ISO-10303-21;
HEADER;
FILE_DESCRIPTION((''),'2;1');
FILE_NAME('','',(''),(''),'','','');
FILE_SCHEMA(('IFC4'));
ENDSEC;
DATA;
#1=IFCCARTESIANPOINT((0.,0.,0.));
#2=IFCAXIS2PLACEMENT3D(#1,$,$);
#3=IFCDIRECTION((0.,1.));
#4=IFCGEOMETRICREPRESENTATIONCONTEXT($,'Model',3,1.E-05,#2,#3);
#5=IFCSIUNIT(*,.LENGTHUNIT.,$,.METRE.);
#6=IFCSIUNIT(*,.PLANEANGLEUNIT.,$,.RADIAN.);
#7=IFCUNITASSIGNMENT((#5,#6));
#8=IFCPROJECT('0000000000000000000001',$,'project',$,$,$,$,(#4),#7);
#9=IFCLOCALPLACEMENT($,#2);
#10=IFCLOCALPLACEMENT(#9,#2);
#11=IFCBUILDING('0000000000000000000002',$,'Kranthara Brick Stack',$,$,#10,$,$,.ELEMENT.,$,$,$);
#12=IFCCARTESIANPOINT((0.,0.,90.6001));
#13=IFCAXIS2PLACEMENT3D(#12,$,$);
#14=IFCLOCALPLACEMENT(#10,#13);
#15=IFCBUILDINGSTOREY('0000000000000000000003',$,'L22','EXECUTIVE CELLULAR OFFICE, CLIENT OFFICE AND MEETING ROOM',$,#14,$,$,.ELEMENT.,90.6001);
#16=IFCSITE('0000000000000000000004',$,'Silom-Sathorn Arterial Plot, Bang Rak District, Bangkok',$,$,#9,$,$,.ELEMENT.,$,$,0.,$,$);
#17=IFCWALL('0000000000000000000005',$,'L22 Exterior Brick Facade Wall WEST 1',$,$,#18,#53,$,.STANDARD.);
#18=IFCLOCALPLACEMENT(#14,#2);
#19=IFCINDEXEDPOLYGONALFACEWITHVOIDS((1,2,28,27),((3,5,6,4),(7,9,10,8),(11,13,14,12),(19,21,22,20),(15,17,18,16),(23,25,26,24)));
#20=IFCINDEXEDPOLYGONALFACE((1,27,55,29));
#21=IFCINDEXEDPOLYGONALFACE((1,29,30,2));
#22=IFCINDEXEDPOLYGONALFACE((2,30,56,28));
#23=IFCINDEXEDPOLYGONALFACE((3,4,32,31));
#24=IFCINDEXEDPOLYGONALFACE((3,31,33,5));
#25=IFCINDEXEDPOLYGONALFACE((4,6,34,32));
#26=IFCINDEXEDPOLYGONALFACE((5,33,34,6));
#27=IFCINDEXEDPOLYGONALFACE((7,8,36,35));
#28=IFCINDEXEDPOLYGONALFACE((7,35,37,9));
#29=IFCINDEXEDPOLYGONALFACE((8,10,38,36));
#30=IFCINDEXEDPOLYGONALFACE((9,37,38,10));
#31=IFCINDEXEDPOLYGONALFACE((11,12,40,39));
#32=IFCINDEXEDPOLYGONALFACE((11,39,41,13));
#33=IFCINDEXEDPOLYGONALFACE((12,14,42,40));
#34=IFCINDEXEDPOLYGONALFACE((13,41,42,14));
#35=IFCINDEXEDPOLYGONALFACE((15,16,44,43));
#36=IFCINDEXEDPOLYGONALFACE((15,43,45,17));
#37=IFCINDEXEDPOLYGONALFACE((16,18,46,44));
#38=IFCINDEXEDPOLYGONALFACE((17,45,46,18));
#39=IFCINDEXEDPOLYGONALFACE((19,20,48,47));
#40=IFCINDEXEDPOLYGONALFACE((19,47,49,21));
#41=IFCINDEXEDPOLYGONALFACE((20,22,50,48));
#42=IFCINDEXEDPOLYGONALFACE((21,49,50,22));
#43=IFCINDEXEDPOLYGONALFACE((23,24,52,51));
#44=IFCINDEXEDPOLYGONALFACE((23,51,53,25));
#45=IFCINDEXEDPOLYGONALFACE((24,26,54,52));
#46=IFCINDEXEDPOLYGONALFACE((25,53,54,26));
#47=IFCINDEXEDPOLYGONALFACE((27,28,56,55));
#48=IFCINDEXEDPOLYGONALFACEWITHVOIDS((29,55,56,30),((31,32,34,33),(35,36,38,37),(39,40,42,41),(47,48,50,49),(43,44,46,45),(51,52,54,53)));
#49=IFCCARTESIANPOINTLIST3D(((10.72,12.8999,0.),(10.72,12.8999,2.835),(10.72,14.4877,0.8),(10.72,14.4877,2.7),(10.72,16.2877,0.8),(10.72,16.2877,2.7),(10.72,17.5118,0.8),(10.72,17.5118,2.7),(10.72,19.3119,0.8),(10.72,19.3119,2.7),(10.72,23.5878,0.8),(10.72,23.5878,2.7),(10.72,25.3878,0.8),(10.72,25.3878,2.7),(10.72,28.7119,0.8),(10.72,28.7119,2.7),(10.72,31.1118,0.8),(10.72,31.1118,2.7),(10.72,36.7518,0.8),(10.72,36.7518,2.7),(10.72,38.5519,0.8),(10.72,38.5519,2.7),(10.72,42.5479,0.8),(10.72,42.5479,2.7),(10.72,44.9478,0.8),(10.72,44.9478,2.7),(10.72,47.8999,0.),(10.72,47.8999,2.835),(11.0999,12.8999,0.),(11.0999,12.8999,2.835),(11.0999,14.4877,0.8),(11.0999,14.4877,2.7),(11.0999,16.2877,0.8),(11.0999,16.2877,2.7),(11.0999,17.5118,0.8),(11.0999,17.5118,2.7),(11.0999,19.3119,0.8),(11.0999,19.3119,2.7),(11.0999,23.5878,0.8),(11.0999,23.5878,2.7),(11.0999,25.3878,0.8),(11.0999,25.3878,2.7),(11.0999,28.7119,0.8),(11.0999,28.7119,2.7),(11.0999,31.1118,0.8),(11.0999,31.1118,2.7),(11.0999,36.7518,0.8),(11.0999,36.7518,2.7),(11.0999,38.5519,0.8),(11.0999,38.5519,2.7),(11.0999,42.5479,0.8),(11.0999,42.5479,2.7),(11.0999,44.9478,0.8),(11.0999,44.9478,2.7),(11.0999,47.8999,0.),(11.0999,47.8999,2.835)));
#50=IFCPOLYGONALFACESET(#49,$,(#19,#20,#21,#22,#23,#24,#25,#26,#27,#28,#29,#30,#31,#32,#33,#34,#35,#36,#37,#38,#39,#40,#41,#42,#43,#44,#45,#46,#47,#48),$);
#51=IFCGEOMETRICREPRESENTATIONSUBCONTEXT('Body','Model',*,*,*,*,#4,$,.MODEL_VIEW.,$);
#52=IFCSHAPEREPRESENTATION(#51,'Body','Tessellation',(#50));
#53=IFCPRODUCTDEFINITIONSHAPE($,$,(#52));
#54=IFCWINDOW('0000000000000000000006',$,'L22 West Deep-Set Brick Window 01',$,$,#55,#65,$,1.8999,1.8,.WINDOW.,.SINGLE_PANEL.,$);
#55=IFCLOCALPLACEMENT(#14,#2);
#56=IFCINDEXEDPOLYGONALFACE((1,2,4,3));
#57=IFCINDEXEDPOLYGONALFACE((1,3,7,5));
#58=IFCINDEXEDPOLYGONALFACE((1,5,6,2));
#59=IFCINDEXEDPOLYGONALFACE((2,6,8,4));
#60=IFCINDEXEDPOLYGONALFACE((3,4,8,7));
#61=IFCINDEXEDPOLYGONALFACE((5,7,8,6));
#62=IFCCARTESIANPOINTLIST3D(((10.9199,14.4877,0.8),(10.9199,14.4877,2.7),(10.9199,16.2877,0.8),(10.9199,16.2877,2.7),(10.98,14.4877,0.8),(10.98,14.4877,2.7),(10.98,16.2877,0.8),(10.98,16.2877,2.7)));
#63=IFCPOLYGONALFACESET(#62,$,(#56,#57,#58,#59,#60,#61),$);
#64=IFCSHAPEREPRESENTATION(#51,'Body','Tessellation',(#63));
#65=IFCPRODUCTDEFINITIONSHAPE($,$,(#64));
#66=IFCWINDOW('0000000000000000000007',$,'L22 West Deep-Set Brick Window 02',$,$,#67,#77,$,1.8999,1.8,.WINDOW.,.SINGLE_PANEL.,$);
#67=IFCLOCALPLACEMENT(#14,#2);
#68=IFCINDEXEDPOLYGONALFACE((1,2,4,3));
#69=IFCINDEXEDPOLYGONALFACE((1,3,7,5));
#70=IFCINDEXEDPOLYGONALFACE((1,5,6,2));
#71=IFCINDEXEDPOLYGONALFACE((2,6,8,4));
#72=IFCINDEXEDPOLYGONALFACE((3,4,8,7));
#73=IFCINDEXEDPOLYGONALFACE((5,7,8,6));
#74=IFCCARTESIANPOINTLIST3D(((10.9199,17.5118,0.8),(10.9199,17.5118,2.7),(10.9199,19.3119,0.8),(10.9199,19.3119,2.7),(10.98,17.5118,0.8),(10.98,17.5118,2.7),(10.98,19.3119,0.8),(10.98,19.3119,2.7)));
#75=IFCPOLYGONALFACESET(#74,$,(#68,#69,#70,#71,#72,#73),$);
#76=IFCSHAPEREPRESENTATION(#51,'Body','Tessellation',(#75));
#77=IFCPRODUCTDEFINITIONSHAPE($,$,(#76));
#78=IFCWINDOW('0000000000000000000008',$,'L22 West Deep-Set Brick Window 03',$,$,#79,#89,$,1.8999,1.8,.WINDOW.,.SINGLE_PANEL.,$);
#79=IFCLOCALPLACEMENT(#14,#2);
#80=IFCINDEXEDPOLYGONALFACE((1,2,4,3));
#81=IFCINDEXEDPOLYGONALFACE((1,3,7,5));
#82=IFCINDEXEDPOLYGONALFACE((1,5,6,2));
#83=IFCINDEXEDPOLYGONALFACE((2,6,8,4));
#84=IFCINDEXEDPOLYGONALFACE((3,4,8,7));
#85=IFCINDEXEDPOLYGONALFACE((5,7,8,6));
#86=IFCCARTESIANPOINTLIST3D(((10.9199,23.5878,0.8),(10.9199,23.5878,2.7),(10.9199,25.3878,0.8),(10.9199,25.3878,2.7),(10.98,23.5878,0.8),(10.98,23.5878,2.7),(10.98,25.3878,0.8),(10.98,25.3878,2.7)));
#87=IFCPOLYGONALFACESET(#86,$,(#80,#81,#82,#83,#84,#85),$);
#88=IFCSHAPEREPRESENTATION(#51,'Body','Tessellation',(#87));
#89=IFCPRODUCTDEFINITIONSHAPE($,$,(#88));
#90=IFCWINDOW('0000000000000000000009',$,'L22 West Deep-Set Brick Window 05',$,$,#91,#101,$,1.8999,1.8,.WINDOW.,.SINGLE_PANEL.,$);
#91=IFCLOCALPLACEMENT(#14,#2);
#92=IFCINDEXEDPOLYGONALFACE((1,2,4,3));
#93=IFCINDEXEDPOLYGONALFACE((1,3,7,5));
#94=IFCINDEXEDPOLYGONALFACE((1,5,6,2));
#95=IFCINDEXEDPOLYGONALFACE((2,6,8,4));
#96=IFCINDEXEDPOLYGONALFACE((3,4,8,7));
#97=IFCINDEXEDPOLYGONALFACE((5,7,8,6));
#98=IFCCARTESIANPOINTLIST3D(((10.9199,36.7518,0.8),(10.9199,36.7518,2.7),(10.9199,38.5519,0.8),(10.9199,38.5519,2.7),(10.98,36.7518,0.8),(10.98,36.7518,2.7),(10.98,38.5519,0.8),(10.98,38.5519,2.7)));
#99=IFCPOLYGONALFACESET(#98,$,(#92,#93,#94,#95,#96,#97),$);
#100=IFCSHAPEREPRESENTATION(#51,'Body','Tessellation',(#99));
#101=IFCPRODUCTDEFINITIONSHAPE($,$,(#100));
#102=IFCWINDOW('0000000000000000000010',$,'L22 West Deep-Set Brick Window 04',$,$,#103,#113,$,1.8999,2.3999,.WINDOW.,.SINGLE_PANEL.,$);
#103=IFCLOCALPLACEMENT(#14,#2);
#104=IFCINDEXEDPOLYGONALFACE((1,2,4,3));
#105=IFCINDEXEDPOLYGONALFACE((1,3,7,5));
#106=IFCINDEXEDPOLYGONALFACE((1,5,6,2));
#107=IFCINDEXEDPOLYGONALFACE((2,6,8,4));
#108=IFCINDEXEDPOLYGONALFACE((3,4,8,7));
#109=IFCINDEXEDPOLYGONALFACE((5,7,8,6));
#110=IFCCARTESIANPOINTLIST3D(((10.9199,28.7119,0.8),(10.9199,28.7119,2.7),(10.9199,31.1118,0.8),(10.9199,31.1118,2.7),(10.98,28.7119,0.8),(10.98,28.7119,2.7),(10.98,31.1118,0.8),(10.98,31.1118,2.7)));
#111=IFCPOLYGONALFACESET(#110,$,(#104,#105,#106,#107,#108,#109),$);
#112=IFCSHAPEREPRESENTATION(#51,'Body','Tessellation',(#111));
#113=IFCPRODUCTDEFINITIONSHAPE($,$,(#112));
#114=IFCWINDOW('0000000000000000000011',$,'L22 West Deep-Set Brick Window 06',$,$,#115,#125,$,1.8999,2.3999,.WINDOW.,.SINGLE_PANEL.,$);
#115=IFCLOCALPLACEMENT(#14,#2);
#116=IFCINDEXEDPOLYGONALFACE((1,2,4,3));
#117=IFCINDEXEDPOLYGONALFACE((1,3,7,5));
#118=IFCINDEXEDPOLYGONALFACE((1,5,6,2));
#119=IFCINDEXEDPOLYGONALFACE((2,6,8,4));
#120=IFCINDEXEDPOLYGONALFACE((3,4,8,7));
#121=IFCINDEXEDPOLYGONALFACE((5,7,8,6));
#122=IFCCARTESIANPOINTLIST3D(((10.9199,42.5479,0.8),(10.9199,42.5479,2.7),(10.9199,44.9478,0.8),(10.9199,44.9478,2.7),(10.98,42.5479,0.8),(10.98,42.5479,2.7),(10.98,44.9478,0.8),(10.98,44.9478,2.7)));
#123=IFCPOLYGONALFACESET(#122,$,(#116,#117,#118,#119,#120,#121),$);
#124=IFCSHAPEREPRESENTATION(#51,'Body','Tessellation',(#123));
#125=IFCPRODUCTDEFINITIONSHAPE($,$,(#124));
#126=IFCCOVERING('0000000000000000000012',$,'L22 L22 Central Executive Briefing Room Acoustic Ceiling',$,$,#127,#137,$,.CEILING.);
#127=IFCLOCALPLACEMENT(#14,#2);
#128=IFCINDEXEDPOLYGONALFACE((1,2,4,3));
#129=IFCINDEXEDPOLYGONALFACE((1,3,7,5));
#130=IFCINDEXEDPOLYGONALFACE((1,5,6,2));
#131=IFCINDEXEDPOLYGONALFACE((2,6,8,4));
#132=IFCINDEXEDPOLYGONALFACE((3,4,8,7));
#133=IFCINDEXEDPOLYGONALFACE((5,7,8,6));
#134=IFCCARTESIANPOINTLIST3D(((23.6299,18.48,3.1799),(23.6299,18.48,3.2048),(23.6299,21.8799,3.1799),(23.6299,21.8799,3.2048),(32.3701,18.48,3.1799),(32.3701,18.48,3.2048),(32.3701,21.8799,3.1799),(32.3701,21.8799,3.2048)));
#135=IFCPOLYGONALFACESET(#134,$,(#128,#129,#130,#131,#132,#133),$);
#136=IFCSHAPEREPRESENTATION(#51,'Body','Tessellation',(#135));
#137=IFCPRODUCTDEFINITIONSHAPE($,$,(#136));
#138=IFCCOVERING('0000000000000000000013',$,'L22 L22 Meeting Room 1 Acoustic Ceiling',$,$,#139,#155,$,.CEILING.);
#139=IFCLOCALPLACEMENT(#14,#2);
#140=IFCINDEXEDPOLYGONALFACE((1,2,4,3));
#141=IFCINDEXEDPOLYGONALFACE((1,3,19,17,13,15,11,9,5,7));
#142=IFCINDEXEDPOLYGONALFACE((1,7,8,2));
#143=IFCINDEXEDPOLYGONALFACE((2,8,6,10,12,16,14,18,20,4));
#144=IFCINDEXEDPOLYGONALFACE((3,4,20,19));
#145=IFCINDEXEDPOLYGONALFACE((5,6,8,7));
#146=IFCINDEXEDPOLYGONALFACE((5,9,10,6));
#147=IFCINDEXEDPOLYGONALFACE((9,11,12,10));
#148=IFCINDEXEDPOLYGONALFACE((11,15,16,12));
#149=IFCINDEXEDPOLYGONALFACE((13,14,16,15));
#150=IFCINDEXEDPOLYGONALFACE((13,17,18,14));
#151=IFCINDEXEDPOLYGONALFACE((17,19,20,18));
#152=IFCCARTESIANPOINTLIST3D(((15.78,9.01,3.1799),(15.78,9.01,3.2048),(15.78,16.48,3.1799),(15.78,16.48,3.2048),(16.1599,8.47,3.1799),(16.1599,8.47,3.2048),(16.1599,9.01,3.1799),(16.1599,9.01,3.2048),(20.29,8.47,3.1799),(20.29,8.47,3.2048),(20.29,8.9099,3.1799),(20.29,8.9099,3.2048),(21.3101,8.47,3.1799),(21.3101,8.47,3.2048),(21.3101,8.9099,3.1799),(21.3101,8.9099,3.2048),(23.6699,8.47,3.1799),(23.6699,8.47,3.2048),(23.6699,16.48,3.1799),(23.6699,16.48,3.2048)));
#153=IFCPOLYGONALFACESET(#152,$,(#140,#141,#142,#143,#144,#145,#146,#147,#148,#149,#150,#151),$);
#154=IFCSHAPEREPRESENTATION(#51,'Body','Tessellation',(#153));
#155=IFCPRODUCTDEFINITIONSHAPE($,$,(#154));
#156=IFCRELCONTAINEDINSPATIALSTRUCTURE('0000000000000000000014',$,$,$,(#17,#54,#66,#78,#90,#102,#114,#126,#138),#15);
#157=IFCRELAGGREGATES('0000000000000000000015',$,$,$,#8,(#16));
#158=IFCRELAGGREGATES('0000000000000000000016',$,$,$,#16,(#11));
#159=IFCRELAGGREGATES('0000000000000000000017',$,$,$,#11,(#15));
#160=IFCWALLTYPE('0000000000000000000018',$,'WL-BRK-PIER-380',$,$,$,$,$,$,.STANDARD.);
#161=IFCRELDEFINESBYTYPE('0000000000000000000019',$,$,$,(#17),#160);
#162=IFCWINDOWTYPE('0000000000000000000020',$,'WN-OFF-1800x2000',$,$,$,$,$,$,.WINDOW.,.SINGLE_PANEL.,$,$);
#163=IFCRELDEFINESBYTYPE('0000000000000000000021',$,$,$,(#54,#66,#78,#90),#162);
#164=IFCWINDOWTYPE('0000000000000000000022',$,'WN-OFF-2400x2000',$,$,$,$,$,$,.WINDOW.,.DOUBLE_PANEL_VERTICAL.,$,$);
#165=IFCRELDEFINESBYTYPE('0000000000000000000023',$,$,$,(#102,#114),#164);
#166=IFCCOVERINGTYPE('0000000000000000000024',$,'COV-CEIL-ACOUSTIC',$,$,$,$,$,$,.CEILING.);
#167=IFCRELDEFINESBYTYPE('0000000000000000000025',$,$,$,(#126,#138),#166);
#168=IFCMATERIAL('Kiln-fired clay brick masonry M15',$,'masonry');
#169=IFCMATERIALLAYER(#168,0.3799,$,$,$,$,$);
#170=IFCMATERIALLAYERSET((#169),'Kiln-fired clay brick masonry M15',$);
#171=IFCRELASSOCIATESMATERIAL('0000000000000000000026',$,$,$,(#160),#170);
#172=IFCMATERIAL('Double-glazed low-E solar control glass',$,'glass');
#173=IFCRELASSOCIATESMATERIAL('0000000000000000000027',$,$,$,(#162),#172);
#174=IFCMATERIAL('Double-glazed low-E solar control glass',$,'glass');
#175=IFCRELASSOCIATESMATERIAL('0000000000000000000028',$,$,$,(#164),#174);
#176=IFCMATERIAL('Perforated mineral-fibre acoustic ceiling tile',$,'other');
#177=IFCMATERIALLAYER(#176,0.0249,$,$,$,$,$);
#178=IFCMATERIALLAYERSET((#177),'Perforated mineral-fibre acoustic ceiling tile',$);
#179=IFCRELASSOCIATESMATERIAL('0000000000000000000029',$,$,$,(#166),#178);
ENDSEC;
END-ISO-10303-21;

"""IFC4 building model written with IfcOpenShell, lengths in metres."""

from ifc_helpers import new_model, si_unit, direction, frame, frame_2d, origin, place, context, subcontext, project, spatial, polyline, rectangle, outline, extrude, material, layer, layer_set, type_object, element, fill, save


model = new_model("IFC4")

# Units and contexts
model_context = context("Model", 3, precision=1e-05, world=origin(), true_north=direction((0.0, 1.0)))
body_context = subcontext(model_context, "Body", "Model", "MODEL_VIEW")
ifc_project = project(units=[si_unit("LENGTHUNIT", "METRE"), si_unit("PLANEANGLEUNIT", "RADIAN")], contexts=[model_context])

# Site, building, storey
site_placement = place(None, origin())
site = spatial("IfcSite", under=ifc_project, at=site_placement, Name="Silom-Sathorn Arterial Plot, Bang Rak District, Bangkok", CompositionType="ELEMENT", RefElevation=0.0)
building_placement = place(site_placement, origin())
building = spatial("IfcBuilding", under=site, at=building_placement, Name="Kranthara Brick Stack", CompositionType="ELEMENT")
storey_placement = place(building_placement, frame((0.0, 0.0, 90.6001)))
storey = spatial("IfcBuildingStorey", under=building, at=storey_placement, Name="L22", Description="EXECUTIVE CELLULAR OFFICE, CLIENT OFFICE AND MEETING ROOM", CompositionType="ELEMENT", Elevation=90.6001)

# Wall, openings, windows
ifc_material_1 = material(Name="Kiln-fired clay brick masonry M15", Category="masonry")
ifc_layer_1 = layer(ifc_material_1, 0.3799)
ifc_layer_set_1 = layer_set([ifc_layer_1], Name="Kiln-fired clay brick masonry M15")
wall_type = type_object("IfcWallType", Name="WL-BRK-PIER-380", PredefinedType="STANDARD", material=ifc_layer_set_1)
wall_placement = place(storey_placement, frame((10.9099, 12.8999, 0.0), z_axis=(0.0, 0.0, 1.0), x_axis=(0.0, 1.0, 0.0)))
wall = element("IfcWall", 1, at=wall_placement, inside=storey, type_object=wall_type, Name="L22 Exterior Brick Facade Wall WEST 1", PredefinedType="STANDARD", context=body_context, shape_type="SweptSolid", body=[
    extrude(rectangle(XDim=35.0, YDim=0.3799, at=frame_2d((17.5, 0.0))), origin(), (0.0, 0.0, 1.0), 2.835),
])
opening_1_placement = place(wall_placement, frame((1.5879, 0.0, 0.8)))
opening_1 = element("IfcOpeningElement", 2, at=opening_1_placement, cuts=wall, PredefinedType="OPENING", context=body_context, shape_type="SweptSolid", body=[
    extrude(rectangle(XDim=1.8, YDim=1.8999, at=frame_2d((0.8999, 0.95))), frame((0.0, 0.2, 0.0), z_axis=(0.0, -1.0, 0.0), x_axis=(1.0, 0.0, 0.0)), (0.0, 0.0, 1.0), 0.3999),
])
opening_2_placement = place(wall_placement, frame((4.6121, 0.0, 0.8)))
opening_2 = element("IfcOpeningElement", 3, at=opening_2_placement, cuts=wall, PredefinedType="OPENING", context=body_context, shape_type="SweptSolid", body=[
    extrude(rectangle(XDim=1.8, YDim=1.8999, at=frame_2d((0.8999, 0.95))), frame((0.0, 0.2, 0.0), z_axis=(0.0, -1.0, 0.0), x_axis=(1.0, 0.0, 0.0)), (0.0, 0.0, 1.0), 0.3999),
])
opening_3_placement = place(wall_placement, frame((10.688, 0.0, 0.8)))
opening_3 = element("IfcOpeningElement", 4, at=opening_3_placement, cuts=wall, PredefinedType="OPENING", context=body_context, shape_type="SweptSolid", body=[
    extrude(rectangle(XDim=1.8, YDim=1.8999, at=frame_2d((0.8999, 0.95))), frame((0.0, 0.2, 0.0), z_axis=(0.0, -1.0, 0.0), x_axis=(1.0, 0.0, 0.0)), (0.0, 0.0, 1.0), 0.3999),
])
opening_4_placement = place(wall_placement, frame((15.812, 0.0, 0.8)))
opening_4 = element("IfcOpeningElement", 5, at=opening_4_placement, cuts=wall, PredefinedType="OPENING", context=body_context, shape_type="SweptSolid", body=[
    extrude(rectangle(XDim=2.3999, YDim=1.8999, at=frame_2d((1.2, 0.95))), frame((0.0, 0.2, 0.0), z_axis=(0.0, -1.0, 0.0), x_axis=(1.0, 0.0, 0.0)), (0.0, 0.0, 1.0), 0.3999),
])
opening_5_placement = place(wall_placement, frame((23.8521, 0.0, 0.8)))
opening_5 = element("IfcOpeningElement", 6, at=opening_5_placement, cuts=wall, PredefinedType="OPENING", context=body_context, shape_type="SweptSolid", body=[
    extrude(rectangle(XDim=1.8, YDim=1.8999, at=frame_2d((0.8999, 0.95))), frame((0.0, 0.2, 0.0), z_axis=(0.0, -1.0, 0.0), x_axis=(1.0, 0.0, 0.0)), (0.0, 0.0, 1.0), 0.3999),
])
opening_6_placement = place(wall_placement, frame((29.6479, 0.0, 0.8)))
opening_6 = element("IfcOpeningElement", 7, at=opening_6_placement, cuts=wall, PredefinedType="OPENING", context=body_context, shape_type="SweptSolid", body=[
    extrude(rectangle(XDim=2.3999, YDim=1.8999, at=frame_2d((1.2, 0.95))), frame((0.0, 0.2, 0.0), z_axis=(0.0, -1.0, 0.0), x_axis=(1.0, 0.0, 0.0)), (0.0, 0.0, 1.0), 0.3999),
])
ifc_material_2 = material(Name="Double-glazed low-E solar control glass", Category="glass")
window_type_1 = type_object("IfcWindowType", Name="WN-OFF-1800x2000", PartitioningType="SINGLE_PANEL", PredefinedType="WINDOW", material=ifc_material_2)
window_1_placement = place(opening_1_placement, origin())
window_1 = element("IfcWindow", 8, at=window_1_placement, inside=storey, type_object=window_type_1, Name="L22 West Deep-Set Brick Window 01", OverallHeight=1.8999, OverallWidth=1.8, PartitioningType="SINGLE_PANEL", PredefinedType="WINDOW", context=body_context, shape_type="SweptSolid", body=[
    extrude(rectangle(XDim=1.8, YDim=1.8999, at=frame_2d((0.8999, 0.95))), frame((0.0, -0.01, 0.0), z_axis=(0.0, -1.0, 0.0), x_axis=(1.0, 0.0, 0.0)), (0.0, 0.0, 1.0), 0.0601),
])
fill(opening_1, window_1)
window_2_placement = place(opening_2_placement, origin())
window_2 = element("IfcWindow", 9, at=window_2_placement, inside=storey, type_object=window_type_1, Name="L22 West Deep-Set Brick Window 02", OverallHeight=1.8999, OverallWidth=1.8, PartitioningType="SINGLE_PANEL", PredefinedType="WINDOW", context=body_context, shape_type="SweptSolid", body=[
    extrude(rectangle(XDim=1.8, YDim=1.8999, at=frame_2d((0.8999, 0.95))), frame((0.0, -0.01, 0.0), z_axis=(0.0, -1.0, 0.0), x_axis=(1.0, 0.0, 0.0)), (0.0, 0.0, 1.0), 0.0601),
])
fill(opening_2, window_2)
window_3_placement = place(opening_3_placement, origin())
window_3 = element("IfcWindow", 10, at=window_3_placement, inside=storey, type_object=window_type_1, Name="L22 West Deep-Set Brick Window 03", OverallHeight=1.8999, OverallWidth=1.8, PartitioningType="SINGLE_PANEL", PredefinedType="WINDOW", context=body_context, shape_type="SweptSolid", body=[
    extrude(rectangle(XDim=1.8, YDim=1.8999, at=frame_2d((0.8999, 0.95))), frame((0.0, -0.01, 0.0), z_axis=(0.0, -1.0, 0.0), x_axis=(1.0, 0.0, 0.0)), (0.0, 0.0, 1.0), 0.0601),
])
fill(opening_3, window_3)
window_4_placement = place(opening_5_placement, origin())
window_4 = element("IfcWindow", 11, at=window_4_placement, inside=storey, type_object=window_type_1, Name="L22 West Deep-Set Brick Window 05", OverallHeight=1.8999, OverallWidth=1.8, PartitioningType="SINGLE_PANEL", PredefinedType="WINDOW", context=body_context, shape_type="SweptSolid", body=[
    extrude(rectangle(XDim=1.8, YDim=1.8999, at=frame_2d((0.8999, 0.95))), frame((0.0, -0.01, 0.0), z_axis=(0.0, -1.0, 0.0), x_axis=(1.0, 0.0, 0.0)), (0.0, 0.0, 1.0), 0.0601),
])
fill(opening_5, window_4)
ifc_material_3 = material(Name="Double-glazed low-E solar control glass", Category="glass")
window_type_2 = type_object("IfcWindowType", Name="WN-OFF-2400x2000", PartitioningType="DOUBLE_PANEL_VERTICAL", PredefinedType="WINDOW", material=ifc_material_3)
window_5_placement = place(opening_4_placement, origin())
window_5 = element("IfcWindow", 12, at=window_5_placement, inside=storey, type_object=window_type_2, Name="L22 West Deep-Set Brick Window 04", OverallHeight=1.8999, OverallWidth=2.3999, PartitioningType="SINGLE_PANEL", PredefinedType="WINDOW", context=body_context, shape_type="SweptSolid", body=[
    extrude(rectangle(XDim=2.3999, YDim=1.8999, at=frame_2d((1.2, 0.95))), frame((0.0, -0.01, 0.0), z_axis=(0.0, -1.0, 0.0), x_axis=(1.0, 0.0, 0.0)), (0.0, 0.0, 1.0), 0.0601),
])
fill(opening_4, window_5)
window_6_placement = place(opening_6_placement, origin())
window_6 = element("IfcWindow", 13, at=window_6_placement, inside=storey, type_object=window_type_2, Name="L22 West Deep-Set Brick Window 06", OverallHeight=1.8999, OverallWidth=2.3999, PartitioningType="SINGLE_PANEL", PredefinedType="WINDOW", context=body_context, shape_type="SweptSolid", body=[
    extrude(rectangle(XDim=2.3999, YDim=1.8999, at=frame_2d((1.2, 0.95))), frame((0.0, -0.01, 0.0), z_axis=(0.0, -1.0, 0.0), x_axis=(1.0, 0.0, 0.0)), (0.0, 0.0, 1.0), 0.0601),
])
fill(opening_6, window_6)

# Coverings
ifc_material_4 = material(Name="Perforated mineral-fibre acoustic ceiling tile", Category="other")
ifc_layer_2 = layer(ifc_material_4, 0.0249)
ifc_layer_set_2 = layer_set([ifc_layer_2], Name="Perforated mineral-fibre acoustic ceiling tile")
covering_type_1 = type_object("IfcCoveringType", Name="COV-CEIL-ACOUSTIC", PredefinedType="CEILING", material=ifc_layer_set_2)
covering_1_placement = place(storey_placement, frame((0.0, 0.0, 3.1799)))
element("IfcCovering", 14, at=covering_1_placement, inside=storey, type_object=covering_type_1, Name="L22 L22 Central Executive Briefing Room Acoustic Ceiling", PredefinedType="CEILING", context=body_context, shape_type="SweptSolid", body=[
    extrude(outline(polyline([(32.3701, 18.48), (32.3701, 21.8799), (23.6299, 21.8799), (23.6299, 18.48), (32.3701, 18.48)])), origin(), (0.0, 0.0, 1.0), 0.0249),
])
covering_2_placement = place(storey_placement, frame((0.0, 0.0, 3.1799)))
element("IfcCovering", 15, at=covering_2_placement, inside=storey, type_object=covering_type_1, Name="L22 L22 Meeting Room 1 Acoustic Ceiling", PredefinedType="CEILING", context=body_context, shape_type="SweptSolid", body=[
    extrude(outline(polyline([(23.6699, 16.48), (23.6699, 8.47), (21.3101, 8.47), (21.3101, 8.9099), (20.29, 8.9099), (20.29, 8.47), (16.1599, 8.47), (16.1599, 9.01), (15.78, 9.01), (15.78, 16.48), (23.6699, 16.48)])), origin(), (0.0, 0.0, 1.0), 0.0249),
])

save(model, "model.ifc")
